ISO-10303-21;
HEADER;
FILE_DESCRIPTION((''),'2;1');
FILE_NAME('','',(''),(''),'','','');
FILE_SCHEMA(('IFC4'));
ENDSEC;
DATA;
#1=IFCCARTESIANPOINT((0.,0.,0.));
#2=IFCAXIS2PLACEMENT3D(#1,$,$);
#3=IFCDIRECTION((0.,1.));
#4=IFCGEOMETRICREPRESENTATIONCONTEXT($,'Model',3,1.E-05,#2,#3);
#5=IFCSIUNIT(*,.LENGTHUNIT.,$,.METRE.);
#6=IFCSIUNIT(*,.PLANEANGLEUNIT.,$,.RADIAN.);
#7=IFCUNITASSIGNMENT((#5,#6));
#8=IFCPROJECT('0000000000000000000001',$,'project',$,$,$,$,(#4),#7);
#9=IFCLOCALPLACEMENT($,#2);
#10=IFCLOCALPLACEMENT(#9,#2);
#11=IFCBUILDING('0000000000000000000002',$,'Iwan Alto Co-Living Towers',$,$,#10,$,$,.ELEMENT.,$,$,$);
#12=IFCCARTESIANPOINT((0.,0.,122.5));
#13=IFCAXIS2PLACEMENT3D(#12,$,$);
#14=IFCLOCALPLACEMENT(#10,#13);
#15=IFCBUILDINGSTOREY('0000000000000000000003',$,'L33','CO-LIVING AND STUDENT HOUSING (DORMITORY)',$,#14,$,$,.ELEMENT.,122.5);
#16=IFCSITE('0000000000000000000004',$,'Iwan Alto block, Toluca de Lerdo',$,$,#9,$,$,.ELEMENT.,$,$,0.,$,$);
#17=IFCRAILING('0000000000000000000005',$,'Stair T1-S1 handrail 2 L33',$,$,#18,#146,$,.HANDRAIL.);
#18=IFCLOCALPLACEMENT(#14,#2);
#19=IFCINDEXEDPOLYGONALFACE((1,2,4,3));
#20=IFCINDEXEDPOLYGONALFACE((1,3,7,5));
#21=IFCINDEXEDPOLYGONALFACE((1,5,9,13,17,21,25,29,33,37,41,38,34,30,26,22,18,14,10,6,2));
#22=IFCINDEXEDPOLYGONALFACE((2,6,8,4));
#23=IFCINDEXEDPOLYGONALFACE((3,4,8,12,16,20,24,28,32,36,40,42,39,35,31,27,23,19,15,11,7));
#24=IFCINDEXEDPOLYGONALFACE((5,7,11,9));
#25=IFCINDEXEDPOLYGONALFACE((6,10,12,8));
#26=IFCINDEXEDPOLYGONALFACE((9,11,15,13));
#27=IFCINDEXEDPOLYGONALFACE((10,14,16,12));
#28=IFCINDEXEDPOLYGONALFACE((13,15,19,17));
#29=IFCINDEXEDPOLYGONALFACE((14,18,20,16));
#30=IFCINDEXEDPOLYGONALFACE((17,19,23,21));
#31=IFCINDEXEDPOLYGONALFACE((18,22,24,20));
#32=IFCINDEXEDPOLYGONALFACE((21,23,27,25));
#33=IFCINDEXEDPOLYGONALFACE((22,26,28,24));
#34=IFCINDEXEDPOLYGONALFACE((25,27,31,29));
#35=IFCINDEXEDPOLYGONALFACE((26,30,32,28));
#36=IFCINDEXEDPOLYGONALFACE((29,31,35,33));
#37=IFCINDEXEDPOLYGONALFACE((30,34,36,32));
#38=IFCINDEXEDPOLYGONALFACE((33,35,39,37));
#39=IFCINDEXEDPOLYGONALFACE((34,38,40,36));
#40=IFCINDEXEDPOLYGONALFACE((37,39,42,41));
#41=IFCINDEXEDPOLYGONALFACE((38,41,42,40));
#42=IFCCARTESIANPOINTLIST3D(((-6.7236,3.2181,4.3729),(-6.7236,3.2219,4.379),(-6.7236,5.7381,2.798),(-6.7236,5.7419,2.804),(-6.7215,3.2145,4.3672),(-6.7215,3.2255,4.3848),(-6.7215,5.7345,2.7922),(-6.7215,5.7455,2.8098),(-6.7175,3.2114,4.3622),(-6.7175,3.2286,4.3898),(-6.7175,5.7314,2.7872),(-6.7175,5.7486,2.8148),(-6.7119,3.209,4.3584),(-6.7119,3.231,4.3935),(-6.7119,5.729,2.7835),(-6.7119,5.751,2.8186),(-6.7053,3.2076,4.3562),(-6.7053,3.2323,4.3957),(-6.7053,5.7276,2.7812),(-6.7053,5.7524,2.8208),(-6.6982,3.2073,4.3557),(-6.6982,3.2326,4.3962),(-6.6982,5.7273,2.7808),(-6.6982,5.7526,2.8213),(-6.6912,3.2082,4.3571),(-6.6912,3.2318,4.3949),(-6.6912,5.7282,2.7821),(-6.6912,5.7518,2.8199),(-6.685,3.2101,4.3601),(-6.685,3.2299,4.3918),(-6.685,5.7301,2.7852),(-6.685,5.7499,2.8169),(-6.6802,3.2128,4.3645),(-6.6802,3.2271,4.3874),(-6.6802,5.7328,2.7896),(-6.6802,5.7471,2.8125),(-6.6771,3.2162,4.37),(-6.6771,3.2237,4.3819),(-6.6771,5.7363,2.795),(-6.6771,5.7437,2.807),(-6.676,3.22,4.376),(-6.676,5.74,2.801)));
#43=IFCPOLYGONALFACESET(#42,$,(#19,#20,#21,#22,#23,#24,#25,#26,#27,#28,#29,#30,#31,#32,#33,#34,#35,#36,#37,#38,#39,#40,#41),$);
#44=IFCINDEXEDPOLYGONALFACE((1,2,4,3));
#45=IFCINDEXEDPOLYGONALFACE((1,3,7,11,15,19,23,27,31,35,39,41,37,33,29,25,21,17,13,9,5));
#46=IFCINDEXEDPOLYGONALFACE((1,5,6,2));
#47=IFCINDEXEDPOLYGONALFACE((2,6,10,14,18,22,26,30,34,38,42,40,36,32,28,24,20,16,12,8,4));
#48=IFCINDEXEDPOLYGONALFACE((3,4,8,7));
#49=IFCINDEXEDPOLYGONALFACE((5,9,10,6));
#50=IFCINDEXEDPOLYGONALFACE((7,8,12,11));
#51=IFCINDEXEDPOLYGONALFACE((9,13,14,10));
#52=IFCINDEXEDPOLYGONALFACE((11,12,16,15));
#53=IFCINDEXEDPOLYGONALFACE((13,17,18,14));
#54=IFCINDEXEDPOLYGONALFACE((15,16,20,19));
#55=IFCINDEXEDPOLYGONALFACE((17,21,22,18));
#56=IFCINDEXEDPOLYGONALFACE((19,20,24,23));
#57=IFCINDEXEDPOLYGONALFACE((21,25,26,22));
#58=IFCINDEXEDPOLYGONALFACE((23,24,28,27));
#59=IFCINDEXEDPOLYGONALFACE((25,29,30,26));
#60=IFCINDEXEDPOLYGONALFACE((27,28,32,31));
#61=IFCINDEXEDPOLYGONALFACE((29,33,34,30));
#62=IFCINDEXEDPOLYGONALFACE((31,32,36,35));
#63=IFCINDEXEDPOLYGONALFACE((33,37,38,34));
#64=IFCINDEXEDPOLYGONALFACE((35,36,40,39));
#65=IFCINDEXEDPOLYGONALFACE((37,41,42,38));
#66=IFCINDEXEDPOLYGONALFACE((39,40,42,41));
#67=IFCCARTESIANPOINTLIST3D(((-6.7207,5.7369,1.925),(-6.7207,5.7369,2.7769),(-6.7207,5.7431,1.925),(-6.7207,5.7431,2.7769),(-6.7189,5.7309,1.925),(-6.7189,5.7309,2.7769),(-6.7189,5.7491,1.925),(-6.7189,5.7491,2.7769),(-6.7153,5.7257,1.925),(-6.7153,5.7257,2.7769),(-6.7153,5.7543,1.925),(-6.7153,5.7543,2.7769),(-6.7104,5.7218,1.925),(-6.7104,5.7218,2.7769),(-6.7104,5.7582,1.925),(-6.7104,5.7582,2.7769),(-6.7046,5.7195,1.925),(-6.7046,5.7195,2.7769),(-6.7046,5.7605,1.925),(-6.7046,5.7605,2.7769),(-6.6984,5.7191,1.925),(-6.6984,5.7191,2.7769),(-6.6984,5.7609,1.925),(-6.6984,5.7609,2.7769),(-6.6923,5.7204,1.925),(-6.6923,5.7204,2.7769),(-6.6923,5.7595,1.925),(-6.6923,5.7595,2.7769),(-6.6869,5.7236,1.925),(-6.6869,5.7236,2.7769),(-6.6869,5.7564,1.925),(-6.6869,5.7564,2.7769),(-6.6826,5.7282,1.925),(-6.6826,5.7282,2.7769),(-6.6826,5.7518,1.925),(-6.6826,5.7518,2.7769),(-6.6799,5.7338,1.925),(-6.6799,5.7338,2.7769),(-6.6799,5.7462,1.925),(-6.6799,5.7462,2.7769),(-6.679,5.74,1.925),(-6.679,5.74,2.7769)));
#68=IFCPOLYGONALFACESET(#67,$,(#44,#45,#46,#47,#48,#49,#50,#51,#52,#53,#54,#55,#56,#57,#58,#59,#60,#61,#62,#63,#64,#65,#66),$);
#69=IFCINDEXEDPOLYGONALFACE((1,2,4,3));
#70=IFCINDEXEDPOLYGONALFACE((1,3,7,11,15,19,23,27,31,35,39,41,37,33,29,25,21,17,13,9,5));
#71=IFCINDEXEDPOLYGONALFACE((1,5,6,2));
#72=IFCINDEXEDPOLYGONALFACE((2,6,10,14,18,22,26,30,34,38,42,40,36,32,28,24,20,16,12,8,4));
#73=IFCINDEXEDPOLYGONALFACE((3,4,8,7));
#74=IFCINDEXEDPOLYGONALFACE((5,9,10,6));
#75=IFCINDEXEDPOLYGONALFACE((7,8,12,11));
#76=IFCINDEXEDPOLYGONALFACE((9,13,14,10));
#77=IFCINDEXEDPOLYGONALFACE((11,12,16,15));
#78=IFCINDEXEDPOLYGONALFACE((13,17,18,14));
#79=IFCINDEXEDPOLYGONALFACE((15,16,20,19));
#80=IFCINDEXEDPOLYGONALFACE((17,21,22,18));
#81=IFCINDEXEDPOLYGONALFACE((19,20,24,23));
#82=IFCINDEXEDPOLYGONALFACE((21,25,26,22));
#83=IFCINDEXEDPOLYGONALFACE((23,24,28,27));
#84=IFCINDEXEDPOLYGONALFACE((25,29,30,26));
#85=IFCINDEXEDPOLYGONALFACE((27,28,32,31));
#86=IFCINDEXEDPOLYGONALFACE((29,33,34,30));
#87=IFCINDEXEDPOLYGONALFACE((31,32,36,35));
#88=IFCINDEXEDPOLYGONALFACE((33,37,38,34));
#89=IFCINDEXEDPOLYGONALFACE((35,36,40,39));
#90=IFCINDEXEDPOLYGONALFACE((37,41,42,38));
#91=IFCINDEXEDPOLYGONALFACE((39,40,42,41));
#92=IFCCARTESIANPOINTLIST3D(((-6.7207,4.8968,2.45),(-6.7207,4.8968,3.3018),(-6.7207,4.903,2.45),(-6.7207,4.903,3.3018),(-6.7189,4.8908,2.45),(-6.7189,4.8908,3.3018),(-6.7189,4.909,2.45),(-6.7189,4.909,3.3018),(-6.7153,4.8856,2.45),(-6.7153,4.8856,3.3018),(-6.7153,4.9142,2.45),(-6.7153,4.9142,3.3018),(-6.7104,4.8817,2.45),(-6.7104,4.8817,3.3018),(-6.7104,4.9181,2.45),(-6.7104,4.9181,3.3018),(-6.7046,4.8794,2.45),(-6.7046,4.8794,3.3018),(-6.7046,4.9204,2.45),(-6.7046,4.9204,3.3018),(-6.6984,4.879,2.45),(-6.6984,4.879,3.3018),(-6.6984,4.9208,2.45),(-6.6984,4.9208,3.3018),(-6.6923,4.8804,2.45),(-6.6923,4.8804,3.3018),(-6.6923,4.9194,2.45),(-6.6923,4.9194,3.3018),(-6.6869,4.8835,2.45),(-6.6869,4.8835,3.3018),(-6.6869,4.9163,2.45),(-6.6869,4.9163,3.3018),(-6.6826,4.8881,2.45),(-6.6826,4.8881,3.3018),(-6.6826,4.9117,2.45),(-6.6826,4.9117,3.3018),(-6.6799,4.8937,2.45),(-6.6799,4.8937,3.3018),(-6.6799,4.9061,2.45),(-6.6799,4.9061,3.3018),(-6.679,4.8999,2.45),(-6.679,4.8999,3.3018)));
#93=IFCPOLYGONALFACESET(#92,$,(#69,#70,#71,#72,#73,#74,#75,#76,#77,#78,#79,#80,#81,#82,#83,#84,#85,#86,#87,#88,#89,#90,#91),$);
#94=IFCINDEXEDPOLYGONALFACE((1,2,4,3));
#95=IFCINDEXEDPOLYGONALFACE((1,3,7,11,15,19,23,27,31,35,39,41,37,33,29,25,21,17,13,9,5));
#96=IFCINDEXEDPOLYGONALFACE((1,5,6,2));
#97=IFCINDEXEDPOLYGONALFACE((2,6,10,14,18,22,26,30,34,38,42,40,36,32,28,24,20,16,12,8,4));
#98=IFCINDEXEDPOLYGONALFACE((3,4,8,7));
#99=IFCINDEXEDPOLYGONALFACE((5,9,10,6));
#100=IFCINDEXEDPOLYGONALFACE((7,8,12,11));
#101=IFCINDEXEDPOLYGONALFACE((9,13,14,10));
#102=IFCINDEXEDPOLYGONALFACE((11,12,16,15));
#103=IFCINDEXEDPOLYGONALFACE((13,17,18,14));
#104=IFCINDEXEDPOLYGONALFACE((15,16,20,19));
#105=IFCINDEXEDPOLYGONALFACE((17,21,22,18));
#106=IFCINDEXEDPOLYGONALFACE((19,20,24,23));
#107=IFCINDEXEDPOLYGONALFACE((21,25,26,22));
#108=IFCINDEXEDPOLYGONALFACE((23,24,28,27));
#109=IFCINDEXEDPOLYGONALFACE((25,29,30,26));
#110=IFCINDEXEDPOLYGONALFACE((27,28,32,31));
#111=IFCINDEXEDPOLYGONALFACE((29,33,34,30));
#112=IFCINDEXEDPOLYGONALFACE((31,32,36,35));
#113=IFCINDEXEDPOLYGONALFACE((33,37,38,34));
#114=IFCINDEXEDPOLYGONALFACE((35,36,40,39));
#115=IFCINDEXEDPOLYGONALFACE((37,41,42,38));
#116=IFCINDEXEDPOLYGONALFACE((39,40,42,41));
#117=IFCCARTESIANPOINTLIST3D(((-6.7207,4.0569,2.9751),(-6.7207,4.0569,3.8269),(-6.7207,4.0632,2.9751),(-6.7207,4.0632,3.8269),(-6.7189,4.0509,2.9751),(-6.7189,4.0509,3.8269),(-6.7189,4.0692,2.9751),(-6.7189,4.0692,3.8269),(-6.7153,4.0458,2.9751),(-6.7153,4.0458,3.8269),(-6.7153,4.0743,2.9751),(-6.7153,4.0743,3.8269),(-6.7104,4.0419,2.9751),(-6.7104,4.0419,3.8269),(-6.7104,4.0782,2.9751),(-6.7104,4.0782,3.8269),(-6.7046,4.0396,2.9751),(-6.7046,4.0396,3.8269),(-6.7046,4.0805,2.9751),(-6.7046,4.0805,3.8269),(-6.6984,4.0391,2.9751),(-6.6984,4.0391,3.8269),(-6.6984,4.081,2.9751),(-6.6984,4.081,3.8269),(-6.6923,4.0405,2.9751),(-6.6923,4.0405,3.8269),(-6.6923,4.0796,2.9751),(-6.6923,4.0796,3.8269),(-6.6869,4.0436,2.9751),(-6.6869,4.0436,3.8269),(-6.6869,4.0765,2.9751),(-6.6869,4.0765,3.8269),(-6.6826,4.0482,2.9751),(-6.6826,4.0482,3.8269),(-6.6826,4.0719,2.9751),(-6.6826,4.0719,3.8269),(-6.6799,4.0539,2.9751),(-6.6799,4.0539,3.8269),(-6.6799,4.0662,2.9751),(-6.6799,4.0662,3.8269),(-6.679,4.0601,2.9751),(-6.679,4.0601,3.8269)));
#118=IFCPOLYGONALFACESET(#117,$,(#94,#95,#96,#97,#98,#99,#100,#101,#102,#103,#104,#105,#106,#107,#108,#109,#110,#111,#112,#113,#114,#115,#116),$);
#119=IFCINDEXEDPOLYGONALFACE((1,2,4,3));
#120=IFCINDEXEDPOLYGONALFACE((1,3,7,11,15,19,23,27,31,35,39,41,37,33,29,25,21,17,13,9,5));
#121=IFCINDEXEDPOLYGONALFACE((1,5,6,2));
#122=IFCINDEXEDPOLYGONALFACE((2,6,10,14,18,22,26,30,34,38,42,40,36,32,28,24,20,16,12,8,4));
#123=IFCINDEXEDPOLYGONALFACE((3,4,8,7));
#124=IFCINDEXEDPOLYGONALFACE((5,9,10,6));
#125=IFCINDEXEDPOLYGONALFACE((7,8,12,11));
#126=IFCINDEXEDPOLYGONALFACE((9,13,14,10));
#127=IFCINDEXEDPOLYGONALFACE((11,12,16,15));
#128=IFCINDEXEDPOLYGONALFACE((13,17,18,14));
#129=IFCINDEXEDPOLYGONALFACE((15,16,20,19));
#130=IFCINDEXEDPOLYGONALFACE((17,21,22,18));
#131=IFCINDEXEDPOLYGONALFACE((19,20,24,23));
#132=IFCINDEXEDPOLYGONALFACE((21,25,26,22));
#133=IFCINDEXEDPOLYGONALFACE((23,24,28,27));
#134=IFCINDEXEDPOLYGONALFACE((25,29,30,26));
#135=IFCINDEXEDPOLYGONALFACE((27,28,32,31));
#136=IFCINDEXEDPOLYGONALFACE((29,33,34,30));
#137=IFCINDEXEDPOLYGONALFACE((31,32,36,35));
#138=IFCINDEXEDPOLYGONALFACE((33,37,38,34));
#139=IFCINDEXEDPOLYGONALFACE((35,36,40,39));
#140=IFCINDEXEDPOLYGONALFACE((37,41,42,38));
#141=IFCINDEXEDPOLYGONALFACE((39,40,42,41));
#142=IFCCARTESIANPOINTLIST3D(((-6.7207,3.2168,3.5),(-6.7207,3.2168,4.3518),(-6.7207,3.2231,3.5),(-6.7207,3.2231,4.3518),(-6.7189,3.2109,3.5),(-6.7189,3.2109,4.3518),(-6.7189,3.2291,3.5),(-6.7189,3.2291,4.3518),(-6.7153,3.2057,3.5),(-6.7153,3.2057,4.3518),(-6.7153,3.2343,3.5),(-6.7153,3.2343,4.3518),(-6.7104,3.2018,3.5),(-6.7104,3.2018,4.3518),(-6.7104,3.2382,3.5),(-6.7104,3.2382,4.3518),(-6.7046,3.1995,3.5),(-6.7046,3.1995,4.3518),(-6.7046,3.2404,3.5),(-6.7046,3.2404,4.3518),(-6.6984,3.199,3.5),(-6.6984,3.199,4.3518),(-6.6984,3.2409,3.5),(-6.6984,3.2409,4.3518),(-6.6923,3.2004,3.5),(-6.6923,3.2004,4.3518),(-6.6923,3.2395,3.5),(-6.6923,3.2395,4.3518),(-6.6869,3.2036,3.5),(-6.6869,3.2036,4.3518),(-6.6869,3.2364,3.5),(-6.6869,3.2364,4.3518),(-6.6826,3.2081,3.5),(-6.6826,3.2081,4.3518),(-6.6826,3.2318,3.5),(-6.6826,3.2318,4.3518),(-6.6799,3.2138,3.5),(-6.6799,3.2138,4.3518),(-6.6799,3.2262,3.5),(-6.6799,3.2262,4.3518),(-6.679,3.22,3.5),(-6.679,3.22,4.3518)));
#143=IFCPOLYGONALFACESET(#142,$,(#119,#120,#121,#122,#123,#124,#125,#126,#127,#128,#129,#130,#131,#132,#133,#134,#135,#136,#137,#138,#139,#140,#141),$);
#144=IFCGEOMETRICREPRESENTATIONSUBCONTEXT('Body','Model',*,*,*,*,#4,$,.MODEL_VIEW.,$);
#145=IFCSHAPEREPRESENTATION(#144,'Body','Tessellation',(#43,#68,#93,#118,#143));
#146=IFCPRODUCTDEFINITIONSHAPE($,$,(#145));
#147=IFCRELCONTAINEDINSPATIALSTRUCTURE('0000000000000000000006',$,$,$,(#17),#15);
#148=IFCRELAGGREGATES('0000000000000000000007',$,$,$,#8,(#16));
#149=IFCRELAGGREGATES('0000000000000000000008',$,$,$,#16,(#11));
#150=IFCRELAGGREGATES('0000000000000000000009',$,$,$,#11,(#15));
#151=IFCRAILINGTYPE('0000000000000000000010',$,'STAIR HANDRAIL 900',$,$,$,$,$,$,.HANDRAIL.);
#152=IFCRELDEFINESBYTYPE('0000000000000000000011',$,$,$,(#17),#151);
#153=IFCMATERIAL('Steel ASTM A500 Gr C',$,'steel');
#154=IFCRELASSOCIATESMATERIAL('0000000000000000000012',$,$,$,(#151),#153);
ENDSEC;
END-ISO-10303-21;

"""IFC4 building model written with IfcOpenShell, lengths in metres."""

from ifc_helpers import new_model, si_unit, direction, frame, origin, origin_2d, place, context, subcontext, project, spatial, circle, extrude, material, type_object, element, save


model = new_model("IFC4")

# Units and contexts
model_context = context("Model", 3, precision=1e-05, world=origin(), true_north=direction((0.0, 1.0)))
body_context = subcontext(model_context, "Body", "Model", "MODEL_VIEW")
ifc_project = project(units=[si_unit("LENGTHUNIT", "METRE"), si_unit("PLANEANGLEUNIT", "RADIAN")], contexts=[model_context])

# Site, building, storey
site_placement = place(None, origin())
site = spatial("IfcSite", under=ifc_project, at=site_placement, Name="Iwan Alto block, Toluca de Lerdo", CompositionType="ELEMENT", RefElevation=0.0)
building_placement = place(site_placement, origin())
building = spatial("IfcBuilding", under=site, at=building_placement, Name="Iwan Alto Co-Living Towers", CompositionType="ELEMENT")
storey_placement = place(building_placement, frame((0.0, 0.0, 122.5)))
storey = spatial("IfcBuildingStorey", under=building, at=storey_placement, Name="L33", Description="CO-LIVING AND STUDENT HOUSING (DORMITORY)", CompositionType="ELEMENT", Elevation=122.5)

# Railing
ifc_material_1 = material(Name="Steel ASTM A500 Gr C", Category="steel")
railing_type_1 = type_object("IfcRailingType", Name="STAIR HANDRAIL 900", PredefinedType="HANDRAIL", material=ifc_material_1)
railing_1_placement = place(storey_placement, frame((-6.7, 5.74, 1.925)))
element("IfcRailing", 1, at=railing_1_placement, inside=storey, type_object=railing_type_1, Name="Stair T1-S1 handrail 2 L33", PredefinedType="HANDRAIL", context=body_context, shape_type="SweptSolid", body=[
    extrude(circle(Radius=0.0239, at=origin_2d()), frame((0.0, 0.0, 0.876), z_axis=(0.0, -0.848008, 0.529984), x_axis=(1.0, 0.0, 0.0)), (0.0, 0.0, 1.0), 2.9717),
    extrude(circle(Radius=0.021, at=origin_2d()), origin(), (0.0, 0.0, 1.0), 0.8518),
    extrude(circle(Radius=0.021, at=origin_2d()), frame((0.0, -0.8401, 0.5249)), (0.0, 0.0, 1.0), 0.8518),
    extrude(circle(Radius=0.021, at=origin_2d()), frame((0.0, -1.6799, 1.05)), (0.0, 0.0, 1.0), 0.8518),
    extrude(circle(Radius=0.021, at=origin_2d()), frame((0.0, -2.52, 1.575)), (0.0, 0.0, 1.0), 0.8518),
])

save(model, "model.ifc")
